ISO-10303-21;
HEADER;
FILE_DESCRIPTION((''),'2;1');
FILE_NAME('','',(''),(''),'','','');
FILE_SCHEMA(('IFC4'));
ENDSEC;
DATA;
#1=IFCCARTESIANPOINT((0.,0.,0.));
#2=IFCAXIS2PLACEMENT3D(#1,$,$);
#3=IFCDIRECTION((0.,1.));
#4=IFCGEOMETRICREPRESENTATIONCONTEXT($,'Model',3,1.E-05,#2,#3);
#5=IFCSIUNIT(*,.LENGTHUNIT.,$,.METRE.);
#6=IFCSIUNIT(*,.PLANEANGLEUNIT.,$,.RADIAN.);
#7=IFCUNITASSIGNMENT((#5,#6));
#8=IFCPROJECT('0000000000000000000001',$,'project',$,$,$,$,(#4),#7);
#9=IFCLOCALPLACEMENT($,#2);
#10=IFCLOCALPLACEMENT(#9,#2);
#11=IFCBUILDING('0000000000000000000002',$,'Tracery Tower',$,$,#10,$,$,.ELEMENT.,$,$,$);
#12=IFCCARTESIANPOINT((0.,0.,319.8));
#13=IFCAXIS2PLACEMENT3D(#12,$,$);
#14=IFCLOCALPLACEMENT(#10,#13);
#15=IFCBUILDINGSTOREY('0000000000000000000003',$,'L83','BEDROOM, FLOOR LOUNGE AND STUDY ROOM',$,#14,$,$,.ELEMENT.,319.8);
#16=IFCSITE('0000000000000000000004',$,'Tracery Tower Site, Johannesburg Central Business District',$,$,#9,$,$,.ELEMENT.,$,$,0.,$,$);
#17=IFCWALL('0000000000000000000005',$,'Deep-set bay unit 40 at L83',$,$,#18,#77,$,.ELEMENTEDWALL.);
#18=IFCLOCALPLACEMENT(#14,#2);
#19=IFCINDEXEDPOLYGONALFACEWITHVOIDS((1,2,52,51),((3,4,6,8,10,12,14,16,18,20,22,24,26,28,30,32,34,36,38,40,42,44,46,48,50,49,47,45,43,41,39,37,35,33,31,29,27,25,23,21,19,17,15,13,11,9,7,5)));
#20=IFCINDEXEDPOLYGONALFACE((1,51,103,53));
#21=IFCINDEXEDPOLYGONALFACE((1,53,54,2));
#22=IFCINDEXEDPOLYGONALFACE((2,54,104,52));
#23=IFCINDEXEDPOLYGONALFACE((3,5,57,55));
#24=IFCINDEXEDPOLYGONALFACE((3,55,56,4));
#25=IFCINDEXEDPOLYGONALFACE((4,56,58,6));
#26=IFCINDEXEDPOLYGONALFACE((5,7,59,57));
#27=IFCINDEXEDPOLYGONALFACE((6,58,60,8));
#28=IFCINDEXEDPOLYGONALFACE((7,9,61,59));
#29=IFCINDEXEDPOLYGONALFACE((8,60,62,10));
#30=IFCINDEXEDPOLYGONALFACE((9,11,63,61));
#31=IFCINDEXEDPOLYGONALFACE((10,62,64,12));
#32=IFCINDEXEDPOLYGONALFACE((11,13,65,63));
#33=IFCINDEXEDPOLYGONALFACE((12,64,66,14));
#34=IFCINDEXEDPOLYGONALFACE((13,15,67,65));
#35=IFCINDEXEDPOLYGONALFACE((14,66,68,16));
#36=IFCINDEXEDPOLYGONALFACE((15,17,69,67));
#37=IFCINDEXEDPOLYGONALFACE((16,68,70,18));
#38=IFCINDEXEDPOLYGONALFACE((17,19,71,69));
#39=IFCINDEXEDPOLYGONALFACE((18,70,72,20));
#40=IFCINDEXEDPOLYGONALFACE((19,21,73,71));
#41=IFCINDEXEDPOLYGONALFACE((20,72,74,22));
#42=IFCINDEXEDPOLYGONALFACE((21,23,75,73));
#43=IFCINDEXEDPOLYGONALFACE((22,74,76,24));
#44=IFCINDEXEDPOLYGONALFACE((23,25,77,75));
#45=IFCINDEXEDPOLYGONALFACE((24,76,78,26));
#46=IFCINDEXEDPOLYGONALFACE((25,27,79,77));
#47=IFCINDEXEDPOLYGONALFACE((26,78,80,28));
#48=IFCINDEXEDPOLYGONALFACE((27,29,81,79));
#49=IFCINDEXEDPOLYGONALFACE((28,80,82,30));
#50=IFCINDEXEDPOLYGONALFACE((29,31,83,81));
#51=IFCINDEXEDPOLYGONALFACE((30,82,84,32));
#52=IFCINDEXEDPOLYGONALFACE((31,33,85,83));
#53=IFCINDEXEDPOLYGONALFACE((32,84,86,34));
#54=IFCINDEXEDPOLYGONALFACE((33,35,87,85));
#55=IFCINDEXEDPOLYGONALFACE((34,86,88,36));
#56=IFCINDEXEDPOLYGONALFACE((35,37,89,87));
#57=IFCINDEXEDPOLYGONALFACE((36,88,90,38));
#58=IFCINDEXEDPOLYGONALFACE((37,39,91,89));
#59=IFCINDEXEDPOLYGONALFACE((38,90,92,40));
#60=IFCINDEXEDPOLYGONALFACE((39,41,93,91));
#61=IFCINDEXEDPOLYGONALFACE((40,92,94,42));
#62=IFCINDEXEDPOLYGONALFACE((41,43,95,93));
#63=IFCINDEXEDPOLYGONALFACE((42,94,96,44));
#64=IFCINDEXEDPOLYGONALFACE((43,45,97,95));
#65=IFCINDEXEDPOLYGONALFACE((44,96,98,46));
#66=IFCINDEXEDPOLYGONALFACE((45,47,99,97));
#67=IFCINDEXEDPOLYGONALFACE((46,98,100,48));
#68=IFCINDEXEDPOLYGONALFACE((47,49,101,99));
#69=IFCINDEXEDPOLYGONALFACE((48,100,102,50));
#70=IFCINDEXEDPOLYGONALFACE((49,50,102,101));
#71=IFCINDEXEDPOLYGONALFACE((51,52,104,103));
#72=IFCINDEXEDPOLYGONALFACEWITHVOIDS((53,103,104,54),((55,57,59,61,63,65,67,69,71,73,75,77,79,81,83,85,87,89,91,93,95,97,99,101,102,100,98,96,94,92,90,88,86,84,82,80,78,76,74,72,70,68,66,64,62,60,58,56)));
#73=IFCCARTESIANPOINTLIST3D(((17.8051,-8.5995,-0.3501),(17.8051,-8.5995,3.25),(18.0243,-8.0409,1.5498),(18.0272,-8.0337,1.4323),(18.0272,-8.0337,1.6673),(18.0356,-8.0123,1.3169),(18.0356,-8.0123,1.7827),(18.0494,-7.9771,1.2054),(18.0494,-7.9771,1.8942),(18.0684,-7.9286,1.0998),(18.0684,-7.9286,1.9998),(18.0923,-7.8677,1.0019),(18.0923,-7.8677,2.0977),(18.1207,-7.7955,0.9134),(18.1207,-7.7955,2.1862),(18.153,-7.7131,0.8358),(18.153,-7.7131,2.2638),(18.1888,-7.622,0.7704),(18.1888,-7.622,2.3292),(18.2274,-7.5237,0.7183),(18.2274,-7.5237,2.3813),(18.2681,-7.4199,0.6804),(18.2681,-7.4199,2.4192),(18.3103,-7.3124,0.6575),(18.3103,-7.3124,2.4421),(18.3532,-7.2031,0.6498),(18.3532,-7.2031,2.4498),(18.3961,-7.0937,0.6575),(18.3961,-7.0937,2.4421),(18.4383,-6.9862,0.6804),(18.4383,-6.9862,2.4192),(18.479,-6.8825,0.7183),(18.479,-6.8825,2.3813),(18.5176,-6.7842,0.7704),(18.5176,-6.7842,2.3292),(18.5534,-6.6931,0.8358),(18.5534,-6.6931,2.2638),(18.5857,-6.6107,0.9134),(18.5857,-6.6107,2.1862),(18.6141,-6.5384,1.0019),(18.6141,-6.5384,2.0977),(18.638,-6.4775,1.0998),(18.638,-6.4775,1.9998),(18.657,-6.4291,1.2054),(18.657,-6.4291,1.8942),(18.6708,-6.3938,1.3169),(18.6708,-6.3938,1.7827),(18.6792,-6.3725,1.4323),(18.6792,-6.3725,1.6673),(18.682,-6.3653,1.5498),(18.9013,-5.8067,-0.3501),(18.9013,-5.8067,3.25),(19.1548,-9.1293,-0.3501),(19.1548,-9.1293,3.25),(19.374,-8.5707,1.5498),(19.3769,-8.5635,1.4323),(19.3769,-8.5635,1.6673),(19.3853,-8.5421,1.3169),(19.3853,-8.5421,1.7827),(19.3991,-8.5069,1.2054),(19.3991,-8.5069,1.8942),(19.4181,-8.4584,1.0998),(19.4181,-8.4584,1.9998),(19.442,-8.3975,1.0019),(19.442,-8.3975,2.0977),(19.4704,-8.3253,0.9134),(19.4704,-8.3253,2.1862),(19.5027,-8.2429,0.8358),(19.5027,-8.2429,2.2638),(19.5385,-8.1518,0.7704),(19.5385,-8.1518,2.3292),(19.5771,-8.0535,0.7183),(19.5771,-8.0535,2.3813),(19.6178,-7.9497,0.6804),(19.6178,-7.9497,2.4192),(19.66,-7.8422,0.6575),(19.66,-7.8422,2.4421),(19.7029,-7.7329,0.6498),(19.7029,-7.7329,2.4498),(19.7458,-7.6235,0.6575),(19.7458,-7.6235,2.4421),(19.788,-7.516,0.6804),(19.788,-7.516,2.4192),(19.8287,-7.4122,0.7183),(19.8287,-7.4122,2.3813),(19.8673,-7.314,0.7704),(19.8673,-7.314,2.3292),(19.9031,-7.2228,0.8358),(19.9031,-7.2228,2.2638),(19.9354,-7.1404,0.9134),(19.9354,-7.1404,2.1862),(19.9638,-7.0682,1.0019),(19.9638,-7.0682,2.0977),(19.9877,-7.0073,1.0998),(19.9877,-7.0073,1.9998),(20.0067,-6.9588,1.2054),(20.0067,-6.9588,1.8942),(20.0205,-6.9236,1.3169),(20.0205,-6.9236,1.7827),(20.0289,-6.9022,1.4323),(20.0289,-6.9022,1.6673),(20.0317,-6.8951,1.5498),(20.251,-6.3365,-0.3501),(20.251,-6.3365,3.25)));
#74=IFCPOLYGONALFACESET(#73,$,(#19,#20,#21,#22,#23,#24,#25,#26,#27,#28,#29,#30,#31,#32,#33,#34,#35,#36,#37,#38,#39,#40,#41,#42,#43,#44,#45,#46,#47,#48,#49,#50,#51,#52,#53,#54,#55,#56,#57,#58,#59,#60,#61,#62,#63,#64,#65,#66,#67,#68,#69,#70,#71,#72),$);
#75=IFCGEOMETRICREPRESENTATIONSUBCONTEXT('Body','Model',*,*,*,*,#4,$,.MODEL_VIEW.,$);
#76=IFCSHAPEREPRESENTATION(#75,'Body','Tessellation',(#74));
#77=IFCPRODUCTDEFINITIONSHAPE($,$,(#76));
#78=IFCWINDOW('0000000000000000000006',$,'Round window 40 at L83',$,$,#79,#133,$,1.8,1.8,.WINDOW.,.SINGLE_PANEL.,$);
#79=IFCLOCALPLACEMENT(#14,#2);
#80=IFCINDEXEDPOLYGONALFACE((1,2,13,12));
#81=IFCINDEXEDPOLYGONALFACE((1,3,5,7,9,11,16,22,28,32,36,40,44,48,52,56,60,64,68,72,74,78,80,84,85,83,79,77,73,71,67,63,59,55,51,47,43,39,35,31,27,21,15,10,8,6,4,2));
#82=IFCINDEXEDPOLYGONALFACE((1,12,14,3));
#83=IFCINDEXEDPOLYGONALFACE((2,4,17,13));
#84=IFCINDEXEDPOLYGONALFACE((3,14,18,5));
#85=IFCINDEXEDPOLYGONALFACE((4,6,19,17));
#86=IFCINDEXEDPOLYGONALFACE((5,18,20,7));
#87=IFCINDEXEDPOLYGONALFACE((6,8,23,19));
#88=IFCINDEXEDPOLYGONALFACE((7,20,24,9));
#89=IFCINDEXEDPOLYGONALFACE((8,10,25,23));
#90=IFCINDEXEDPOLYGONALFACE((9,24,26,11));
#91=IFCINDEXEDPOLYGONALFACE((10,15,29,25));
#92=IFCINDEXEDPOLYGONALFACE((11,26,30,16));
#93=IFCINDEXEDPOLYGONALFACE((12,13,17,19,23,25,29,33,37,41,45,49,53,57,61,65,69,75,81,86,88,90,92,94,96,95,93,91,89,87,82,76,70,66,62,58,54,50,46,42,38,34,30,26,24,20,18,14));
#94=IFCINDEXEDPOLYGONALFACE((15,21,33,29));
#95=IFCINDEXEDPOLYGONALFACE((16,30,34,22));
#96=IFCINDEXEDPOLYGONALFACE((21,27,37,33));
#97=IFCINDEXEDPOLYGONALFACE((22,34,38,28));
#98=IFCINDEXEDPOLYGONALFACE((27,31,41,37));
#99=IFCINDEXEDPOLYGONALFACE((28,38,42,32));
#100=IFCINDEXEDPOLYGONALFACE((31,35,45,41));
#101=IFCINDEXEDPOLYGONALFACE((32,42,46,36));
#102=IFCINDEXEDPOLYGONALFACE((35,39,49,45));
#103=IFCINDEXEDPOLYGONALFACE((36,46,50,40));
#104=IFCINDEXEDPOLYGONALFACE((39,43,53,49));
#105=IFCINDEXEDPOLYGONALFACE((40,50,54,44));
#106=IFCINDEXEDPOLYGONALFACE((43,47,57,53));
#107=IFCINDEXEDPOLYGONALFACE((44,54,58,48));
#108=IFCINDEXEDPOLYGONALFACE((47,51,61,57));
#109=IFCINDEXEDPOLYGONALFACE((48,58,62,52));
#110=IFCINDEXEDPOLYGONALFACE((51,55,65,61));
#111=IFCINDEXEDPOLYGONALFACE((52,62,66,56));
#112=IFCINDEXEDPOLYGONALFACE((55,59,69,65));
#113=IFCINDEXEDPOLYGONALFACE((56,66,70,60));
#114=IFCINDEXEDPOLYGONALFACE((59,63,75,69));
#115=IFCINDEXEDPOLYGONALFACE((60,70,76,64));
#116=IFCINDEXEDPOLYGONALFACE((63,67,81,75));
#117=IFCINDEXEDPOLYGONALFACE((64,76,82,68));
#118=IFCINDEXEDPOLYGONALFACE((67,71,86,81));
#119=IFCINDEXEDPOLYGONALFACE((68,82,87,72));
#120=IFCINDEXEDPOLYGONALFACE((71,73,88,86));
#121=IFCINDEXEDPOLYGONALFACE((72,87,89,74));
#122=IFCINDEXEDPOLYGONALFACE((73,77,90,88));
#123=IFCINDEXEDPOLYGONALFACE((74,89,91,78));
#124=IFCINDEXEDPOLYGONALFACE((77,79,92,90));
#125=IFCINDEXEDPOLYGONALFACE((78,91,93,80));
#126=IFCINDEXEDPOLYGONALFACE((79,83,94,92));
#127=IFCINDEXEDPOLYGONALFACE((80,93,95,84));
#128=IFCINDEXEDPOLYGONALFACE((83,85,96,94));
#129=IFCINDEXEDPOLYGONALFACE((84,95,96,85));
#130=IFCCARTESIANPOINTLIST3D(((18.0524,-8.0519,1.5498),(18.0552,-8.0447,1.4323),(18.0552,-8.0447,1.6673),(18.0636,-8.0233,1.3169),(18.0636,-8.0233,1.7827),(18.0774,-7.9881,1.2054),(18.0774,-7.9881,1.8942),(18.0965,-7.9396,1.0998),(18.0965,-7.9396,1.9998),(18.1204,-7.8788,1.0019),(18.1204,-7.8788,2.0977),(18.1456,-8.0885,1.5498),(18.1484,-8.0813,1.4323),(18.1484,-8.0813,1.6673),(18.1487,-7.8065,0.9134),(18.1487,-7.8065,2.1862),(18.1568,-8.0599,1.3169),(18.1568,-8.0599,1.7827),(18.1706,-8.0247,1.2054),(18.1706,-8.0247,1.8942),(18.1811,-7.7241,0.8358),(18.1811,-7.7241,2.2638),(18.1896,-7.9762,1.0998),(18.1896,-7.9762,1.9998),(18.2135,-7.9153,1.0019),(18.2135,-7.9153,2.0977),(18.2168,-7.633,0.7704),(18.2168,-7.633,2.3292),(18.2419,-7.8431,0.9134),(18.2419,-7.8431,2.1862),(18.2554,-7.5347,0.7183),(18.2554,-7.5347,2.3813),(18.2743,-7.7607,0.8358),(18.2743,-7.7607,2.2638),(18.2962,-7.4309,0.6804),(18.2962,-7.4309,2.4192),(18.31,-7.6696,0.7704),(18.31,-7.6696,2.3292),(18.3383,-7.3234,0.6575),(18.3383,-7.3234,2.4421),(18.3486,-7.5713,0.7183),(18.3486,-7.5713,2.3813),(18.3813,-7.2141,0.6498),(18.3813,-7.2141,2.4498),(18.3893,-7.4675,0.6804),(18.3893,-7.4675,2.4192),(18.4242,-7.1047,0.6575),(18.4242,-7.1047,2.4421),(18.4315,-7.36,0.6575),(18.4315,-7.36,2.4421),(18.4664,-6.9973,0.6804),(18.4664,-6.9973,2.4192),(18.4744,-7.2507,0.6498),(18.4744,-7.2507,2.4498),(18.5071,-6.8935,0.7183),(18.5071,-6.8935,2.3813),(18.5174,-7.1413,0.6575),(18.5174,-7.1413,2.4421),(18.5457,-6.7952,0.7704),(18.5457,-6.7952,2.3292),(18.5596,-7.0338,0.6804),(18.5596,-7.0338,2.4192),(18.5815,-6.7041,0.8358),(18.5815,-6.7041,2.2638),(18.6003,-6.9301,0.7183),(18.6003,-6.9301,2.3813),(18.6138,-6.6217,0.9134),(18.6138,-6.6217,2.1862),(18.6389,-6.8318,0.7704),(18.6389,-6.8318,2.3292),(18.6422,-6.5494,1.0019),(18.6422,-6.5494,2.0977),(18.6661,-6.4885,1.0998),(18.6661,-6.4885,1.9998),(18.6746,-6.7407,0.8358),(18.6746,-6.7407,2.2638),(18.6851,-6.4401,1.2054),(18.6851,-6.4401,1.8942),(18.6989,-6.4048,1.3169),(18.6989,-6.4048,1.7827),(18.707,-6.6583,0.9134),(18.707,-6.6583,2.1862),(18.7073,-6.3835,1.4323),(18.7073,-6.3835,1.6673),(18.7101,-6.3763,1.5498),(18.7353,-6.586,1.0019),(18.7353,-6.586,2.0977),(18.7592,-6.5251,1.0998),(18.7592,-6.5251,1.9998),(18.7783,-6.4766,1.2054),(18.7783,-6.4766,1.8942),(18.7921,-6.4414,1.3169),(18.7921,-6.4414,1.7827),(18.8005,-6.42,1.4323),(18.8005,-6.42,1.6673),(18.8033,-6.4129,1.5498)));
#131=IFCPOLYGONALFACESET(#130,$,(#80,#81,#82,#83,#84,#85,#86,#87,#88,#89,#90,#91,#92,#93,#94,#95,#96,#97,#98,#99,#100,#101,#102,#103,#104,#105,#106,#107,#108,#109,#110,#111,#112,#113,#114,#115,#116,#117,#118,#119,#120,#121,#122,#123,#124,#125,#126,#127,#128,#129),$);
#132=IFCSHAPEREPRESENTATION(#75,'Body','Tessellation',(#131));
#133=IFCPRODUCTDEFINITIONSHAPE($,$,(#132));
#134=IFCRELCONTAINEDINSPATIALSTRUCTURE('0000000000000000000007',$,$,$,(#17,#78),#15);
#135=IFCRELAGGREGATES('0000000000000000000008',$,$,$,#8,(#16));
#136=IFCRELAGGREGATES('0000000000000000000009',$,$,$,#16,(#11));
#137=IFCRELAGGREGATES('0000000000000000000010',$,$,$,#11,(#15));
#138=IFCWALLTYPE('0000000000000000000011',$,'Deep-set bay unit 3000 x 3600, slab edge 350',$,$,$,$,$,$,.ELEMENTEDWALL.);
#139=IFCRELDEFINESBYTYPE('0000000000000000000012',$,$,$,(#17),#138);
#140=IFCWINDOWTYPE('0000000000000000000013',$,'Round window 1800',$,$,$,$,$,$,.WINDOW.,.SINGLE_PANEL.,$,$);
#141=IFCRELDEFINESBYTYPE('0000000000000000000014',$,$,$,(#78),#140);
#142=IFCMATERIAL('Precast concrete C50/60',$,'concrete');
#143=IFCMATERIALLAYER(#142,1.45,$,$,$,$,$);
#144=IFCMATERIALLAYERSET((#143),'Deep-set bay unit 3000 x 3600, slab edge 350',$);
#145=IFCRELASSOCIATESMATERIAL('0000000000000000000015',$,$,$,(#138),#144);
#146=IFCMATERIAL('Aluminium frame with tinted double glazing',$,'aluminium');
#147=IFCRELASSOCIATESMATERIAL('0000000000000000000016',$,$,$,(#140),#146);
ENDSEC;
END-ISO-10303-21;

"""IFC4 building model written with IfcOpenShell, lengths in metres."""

from ifc_helpers import new_model, si_unit, direction, frame, frame_2d, origin, origin_2d, place, context, subcontext, project, spatial, rectangle, circle, extrude, material, layer, layer_set, type_object, element, fill, save


model = new_model("IFC4")

# Units and contexts
model_context = context("Model", 3, precision=1e-05, world=origin(), true_north=direction((0.0, 1.0)))
body_context = subcontext(model_context, "Body", "Model", "MODEL_VIEW")
ifc_project = project(units=[si_unit("LENGTHUNIT", "METRE"), si_unit("PLANEANGLEUNIT", "RADIAN")], contexts=[model_context])

# Site, building, storey
site_placement = place(None, origin())
site = spatial("IfcSite", under=ifc_project, at=site_placement, Name="Tracery Tower Site, Johannesburg Central Business District", CompositionType="ELEMENT", RefElevation=0.0)
building_placement = place(site_placement, origin())
building = spatial("IfcBuilding", under=site, at=building_placement, Name="Tracery Tower", CompositionType="ELEMENT")
storey_placement = place(building_placement, frame((0.0, 0.0, 319.8)))
storey = spatial("IfcBuildingStorey", under=building, at=storey_placement, Name="L83", Description="BEDROOM, FLOOR LOUNGE AND STUDY ROOM", CompositionType="ELEMENT", Elevation=319.8)

# Wall, opening, window
ifc_material_1 = material(Name="Precast concrete C50/60", Category="concrete")
ifc_layer_1 = layer(ifc_material_1, 1.45)
ifc_layer_set_1 = layer_set([ifc_layer_1], Name="Deep-set bay unit 3000 x 3600, slab edge 350")
wall_type_1 = type_object("IfcWallType", Name="Deep-set bay unit 3000 x 3600, slab edge 350", PredefinedType="ELEMENTEDWALL", material=ifc_layer_set_1)
wall_1_placement = place(storey_placement, frame((18.48, -8.8643, -0.3501), z_axis=(0.0, 0.0, 1.0), x_axis=(0.365378, 0.930859, 0.0)))
wall_1 = element("IfcWall", 1, at=wall_1_placement, inside=storey, type_object=wall_type_1, Name="Deep-set bay unit 40 at L83", PredefinedType="ELEMENTEDWALL", context=body_context, shape_type="SweptSolid", body=[
    extrude(rectangle(XDim=3.0002, YDim=1.45, at=frame_2d((1.5, 0.0))), origin(), (0.0, 0.0, 1.0), 3.6001),
])
opening_1_placement = place(wall_1_placement, frame((1.5, 0.0, 1.8999)))
opening_1 = element("IfcOpeningElement", 2, at=opening_1_placement, cuts=wall_1, PredefinedType="OPENING", context=body_context, shape_type="SweptSolid", body=[
    extrude(circle(Radius=0.9, at=origin_2d()), frame((0.0, 0.7349, 0.0), z_axis=(0.0, -1.0, 0.0), x_axis=(1.0, 0.0, 0.0)), (0.0, 0.0, 1.0), 1.47),
])
ifc_material_2 = material(Name="Aluminium frame with tinted double glazing", Category="aluminium")
window_type = type_object("IfcWindowType", Name="Round window 1800", PartitioningType="SINGLE_PANEL", PredefinedType="WINDOW", material=ifc_material_2)
window_1_placement = place(opening_1_placement, origin())
window_1 = element("IfcWindow", 3, at=window_1_placement, inside=storey, type_object=window_type, Name="Round window 40 at L83", OverallHeight=1.8, OverallWidth=1.8, PartitioningType="SINGLE_PANEL", PredefinedType="WINDOW", context=body_context, shape_type="SweptSolid", body=[
    extrude(circle(Radius=0.9, at=origin_2d()), frame((0.0, 0.6948, 0.0), z_axis=(0.0, -1.0, 0.0), x_axis=(1.0, 0.0, 0.0)), (0.0, 0.0, 1.0), 0.1001),
])
fill(opening_1, window_1)

save(model, "model.ifc")
